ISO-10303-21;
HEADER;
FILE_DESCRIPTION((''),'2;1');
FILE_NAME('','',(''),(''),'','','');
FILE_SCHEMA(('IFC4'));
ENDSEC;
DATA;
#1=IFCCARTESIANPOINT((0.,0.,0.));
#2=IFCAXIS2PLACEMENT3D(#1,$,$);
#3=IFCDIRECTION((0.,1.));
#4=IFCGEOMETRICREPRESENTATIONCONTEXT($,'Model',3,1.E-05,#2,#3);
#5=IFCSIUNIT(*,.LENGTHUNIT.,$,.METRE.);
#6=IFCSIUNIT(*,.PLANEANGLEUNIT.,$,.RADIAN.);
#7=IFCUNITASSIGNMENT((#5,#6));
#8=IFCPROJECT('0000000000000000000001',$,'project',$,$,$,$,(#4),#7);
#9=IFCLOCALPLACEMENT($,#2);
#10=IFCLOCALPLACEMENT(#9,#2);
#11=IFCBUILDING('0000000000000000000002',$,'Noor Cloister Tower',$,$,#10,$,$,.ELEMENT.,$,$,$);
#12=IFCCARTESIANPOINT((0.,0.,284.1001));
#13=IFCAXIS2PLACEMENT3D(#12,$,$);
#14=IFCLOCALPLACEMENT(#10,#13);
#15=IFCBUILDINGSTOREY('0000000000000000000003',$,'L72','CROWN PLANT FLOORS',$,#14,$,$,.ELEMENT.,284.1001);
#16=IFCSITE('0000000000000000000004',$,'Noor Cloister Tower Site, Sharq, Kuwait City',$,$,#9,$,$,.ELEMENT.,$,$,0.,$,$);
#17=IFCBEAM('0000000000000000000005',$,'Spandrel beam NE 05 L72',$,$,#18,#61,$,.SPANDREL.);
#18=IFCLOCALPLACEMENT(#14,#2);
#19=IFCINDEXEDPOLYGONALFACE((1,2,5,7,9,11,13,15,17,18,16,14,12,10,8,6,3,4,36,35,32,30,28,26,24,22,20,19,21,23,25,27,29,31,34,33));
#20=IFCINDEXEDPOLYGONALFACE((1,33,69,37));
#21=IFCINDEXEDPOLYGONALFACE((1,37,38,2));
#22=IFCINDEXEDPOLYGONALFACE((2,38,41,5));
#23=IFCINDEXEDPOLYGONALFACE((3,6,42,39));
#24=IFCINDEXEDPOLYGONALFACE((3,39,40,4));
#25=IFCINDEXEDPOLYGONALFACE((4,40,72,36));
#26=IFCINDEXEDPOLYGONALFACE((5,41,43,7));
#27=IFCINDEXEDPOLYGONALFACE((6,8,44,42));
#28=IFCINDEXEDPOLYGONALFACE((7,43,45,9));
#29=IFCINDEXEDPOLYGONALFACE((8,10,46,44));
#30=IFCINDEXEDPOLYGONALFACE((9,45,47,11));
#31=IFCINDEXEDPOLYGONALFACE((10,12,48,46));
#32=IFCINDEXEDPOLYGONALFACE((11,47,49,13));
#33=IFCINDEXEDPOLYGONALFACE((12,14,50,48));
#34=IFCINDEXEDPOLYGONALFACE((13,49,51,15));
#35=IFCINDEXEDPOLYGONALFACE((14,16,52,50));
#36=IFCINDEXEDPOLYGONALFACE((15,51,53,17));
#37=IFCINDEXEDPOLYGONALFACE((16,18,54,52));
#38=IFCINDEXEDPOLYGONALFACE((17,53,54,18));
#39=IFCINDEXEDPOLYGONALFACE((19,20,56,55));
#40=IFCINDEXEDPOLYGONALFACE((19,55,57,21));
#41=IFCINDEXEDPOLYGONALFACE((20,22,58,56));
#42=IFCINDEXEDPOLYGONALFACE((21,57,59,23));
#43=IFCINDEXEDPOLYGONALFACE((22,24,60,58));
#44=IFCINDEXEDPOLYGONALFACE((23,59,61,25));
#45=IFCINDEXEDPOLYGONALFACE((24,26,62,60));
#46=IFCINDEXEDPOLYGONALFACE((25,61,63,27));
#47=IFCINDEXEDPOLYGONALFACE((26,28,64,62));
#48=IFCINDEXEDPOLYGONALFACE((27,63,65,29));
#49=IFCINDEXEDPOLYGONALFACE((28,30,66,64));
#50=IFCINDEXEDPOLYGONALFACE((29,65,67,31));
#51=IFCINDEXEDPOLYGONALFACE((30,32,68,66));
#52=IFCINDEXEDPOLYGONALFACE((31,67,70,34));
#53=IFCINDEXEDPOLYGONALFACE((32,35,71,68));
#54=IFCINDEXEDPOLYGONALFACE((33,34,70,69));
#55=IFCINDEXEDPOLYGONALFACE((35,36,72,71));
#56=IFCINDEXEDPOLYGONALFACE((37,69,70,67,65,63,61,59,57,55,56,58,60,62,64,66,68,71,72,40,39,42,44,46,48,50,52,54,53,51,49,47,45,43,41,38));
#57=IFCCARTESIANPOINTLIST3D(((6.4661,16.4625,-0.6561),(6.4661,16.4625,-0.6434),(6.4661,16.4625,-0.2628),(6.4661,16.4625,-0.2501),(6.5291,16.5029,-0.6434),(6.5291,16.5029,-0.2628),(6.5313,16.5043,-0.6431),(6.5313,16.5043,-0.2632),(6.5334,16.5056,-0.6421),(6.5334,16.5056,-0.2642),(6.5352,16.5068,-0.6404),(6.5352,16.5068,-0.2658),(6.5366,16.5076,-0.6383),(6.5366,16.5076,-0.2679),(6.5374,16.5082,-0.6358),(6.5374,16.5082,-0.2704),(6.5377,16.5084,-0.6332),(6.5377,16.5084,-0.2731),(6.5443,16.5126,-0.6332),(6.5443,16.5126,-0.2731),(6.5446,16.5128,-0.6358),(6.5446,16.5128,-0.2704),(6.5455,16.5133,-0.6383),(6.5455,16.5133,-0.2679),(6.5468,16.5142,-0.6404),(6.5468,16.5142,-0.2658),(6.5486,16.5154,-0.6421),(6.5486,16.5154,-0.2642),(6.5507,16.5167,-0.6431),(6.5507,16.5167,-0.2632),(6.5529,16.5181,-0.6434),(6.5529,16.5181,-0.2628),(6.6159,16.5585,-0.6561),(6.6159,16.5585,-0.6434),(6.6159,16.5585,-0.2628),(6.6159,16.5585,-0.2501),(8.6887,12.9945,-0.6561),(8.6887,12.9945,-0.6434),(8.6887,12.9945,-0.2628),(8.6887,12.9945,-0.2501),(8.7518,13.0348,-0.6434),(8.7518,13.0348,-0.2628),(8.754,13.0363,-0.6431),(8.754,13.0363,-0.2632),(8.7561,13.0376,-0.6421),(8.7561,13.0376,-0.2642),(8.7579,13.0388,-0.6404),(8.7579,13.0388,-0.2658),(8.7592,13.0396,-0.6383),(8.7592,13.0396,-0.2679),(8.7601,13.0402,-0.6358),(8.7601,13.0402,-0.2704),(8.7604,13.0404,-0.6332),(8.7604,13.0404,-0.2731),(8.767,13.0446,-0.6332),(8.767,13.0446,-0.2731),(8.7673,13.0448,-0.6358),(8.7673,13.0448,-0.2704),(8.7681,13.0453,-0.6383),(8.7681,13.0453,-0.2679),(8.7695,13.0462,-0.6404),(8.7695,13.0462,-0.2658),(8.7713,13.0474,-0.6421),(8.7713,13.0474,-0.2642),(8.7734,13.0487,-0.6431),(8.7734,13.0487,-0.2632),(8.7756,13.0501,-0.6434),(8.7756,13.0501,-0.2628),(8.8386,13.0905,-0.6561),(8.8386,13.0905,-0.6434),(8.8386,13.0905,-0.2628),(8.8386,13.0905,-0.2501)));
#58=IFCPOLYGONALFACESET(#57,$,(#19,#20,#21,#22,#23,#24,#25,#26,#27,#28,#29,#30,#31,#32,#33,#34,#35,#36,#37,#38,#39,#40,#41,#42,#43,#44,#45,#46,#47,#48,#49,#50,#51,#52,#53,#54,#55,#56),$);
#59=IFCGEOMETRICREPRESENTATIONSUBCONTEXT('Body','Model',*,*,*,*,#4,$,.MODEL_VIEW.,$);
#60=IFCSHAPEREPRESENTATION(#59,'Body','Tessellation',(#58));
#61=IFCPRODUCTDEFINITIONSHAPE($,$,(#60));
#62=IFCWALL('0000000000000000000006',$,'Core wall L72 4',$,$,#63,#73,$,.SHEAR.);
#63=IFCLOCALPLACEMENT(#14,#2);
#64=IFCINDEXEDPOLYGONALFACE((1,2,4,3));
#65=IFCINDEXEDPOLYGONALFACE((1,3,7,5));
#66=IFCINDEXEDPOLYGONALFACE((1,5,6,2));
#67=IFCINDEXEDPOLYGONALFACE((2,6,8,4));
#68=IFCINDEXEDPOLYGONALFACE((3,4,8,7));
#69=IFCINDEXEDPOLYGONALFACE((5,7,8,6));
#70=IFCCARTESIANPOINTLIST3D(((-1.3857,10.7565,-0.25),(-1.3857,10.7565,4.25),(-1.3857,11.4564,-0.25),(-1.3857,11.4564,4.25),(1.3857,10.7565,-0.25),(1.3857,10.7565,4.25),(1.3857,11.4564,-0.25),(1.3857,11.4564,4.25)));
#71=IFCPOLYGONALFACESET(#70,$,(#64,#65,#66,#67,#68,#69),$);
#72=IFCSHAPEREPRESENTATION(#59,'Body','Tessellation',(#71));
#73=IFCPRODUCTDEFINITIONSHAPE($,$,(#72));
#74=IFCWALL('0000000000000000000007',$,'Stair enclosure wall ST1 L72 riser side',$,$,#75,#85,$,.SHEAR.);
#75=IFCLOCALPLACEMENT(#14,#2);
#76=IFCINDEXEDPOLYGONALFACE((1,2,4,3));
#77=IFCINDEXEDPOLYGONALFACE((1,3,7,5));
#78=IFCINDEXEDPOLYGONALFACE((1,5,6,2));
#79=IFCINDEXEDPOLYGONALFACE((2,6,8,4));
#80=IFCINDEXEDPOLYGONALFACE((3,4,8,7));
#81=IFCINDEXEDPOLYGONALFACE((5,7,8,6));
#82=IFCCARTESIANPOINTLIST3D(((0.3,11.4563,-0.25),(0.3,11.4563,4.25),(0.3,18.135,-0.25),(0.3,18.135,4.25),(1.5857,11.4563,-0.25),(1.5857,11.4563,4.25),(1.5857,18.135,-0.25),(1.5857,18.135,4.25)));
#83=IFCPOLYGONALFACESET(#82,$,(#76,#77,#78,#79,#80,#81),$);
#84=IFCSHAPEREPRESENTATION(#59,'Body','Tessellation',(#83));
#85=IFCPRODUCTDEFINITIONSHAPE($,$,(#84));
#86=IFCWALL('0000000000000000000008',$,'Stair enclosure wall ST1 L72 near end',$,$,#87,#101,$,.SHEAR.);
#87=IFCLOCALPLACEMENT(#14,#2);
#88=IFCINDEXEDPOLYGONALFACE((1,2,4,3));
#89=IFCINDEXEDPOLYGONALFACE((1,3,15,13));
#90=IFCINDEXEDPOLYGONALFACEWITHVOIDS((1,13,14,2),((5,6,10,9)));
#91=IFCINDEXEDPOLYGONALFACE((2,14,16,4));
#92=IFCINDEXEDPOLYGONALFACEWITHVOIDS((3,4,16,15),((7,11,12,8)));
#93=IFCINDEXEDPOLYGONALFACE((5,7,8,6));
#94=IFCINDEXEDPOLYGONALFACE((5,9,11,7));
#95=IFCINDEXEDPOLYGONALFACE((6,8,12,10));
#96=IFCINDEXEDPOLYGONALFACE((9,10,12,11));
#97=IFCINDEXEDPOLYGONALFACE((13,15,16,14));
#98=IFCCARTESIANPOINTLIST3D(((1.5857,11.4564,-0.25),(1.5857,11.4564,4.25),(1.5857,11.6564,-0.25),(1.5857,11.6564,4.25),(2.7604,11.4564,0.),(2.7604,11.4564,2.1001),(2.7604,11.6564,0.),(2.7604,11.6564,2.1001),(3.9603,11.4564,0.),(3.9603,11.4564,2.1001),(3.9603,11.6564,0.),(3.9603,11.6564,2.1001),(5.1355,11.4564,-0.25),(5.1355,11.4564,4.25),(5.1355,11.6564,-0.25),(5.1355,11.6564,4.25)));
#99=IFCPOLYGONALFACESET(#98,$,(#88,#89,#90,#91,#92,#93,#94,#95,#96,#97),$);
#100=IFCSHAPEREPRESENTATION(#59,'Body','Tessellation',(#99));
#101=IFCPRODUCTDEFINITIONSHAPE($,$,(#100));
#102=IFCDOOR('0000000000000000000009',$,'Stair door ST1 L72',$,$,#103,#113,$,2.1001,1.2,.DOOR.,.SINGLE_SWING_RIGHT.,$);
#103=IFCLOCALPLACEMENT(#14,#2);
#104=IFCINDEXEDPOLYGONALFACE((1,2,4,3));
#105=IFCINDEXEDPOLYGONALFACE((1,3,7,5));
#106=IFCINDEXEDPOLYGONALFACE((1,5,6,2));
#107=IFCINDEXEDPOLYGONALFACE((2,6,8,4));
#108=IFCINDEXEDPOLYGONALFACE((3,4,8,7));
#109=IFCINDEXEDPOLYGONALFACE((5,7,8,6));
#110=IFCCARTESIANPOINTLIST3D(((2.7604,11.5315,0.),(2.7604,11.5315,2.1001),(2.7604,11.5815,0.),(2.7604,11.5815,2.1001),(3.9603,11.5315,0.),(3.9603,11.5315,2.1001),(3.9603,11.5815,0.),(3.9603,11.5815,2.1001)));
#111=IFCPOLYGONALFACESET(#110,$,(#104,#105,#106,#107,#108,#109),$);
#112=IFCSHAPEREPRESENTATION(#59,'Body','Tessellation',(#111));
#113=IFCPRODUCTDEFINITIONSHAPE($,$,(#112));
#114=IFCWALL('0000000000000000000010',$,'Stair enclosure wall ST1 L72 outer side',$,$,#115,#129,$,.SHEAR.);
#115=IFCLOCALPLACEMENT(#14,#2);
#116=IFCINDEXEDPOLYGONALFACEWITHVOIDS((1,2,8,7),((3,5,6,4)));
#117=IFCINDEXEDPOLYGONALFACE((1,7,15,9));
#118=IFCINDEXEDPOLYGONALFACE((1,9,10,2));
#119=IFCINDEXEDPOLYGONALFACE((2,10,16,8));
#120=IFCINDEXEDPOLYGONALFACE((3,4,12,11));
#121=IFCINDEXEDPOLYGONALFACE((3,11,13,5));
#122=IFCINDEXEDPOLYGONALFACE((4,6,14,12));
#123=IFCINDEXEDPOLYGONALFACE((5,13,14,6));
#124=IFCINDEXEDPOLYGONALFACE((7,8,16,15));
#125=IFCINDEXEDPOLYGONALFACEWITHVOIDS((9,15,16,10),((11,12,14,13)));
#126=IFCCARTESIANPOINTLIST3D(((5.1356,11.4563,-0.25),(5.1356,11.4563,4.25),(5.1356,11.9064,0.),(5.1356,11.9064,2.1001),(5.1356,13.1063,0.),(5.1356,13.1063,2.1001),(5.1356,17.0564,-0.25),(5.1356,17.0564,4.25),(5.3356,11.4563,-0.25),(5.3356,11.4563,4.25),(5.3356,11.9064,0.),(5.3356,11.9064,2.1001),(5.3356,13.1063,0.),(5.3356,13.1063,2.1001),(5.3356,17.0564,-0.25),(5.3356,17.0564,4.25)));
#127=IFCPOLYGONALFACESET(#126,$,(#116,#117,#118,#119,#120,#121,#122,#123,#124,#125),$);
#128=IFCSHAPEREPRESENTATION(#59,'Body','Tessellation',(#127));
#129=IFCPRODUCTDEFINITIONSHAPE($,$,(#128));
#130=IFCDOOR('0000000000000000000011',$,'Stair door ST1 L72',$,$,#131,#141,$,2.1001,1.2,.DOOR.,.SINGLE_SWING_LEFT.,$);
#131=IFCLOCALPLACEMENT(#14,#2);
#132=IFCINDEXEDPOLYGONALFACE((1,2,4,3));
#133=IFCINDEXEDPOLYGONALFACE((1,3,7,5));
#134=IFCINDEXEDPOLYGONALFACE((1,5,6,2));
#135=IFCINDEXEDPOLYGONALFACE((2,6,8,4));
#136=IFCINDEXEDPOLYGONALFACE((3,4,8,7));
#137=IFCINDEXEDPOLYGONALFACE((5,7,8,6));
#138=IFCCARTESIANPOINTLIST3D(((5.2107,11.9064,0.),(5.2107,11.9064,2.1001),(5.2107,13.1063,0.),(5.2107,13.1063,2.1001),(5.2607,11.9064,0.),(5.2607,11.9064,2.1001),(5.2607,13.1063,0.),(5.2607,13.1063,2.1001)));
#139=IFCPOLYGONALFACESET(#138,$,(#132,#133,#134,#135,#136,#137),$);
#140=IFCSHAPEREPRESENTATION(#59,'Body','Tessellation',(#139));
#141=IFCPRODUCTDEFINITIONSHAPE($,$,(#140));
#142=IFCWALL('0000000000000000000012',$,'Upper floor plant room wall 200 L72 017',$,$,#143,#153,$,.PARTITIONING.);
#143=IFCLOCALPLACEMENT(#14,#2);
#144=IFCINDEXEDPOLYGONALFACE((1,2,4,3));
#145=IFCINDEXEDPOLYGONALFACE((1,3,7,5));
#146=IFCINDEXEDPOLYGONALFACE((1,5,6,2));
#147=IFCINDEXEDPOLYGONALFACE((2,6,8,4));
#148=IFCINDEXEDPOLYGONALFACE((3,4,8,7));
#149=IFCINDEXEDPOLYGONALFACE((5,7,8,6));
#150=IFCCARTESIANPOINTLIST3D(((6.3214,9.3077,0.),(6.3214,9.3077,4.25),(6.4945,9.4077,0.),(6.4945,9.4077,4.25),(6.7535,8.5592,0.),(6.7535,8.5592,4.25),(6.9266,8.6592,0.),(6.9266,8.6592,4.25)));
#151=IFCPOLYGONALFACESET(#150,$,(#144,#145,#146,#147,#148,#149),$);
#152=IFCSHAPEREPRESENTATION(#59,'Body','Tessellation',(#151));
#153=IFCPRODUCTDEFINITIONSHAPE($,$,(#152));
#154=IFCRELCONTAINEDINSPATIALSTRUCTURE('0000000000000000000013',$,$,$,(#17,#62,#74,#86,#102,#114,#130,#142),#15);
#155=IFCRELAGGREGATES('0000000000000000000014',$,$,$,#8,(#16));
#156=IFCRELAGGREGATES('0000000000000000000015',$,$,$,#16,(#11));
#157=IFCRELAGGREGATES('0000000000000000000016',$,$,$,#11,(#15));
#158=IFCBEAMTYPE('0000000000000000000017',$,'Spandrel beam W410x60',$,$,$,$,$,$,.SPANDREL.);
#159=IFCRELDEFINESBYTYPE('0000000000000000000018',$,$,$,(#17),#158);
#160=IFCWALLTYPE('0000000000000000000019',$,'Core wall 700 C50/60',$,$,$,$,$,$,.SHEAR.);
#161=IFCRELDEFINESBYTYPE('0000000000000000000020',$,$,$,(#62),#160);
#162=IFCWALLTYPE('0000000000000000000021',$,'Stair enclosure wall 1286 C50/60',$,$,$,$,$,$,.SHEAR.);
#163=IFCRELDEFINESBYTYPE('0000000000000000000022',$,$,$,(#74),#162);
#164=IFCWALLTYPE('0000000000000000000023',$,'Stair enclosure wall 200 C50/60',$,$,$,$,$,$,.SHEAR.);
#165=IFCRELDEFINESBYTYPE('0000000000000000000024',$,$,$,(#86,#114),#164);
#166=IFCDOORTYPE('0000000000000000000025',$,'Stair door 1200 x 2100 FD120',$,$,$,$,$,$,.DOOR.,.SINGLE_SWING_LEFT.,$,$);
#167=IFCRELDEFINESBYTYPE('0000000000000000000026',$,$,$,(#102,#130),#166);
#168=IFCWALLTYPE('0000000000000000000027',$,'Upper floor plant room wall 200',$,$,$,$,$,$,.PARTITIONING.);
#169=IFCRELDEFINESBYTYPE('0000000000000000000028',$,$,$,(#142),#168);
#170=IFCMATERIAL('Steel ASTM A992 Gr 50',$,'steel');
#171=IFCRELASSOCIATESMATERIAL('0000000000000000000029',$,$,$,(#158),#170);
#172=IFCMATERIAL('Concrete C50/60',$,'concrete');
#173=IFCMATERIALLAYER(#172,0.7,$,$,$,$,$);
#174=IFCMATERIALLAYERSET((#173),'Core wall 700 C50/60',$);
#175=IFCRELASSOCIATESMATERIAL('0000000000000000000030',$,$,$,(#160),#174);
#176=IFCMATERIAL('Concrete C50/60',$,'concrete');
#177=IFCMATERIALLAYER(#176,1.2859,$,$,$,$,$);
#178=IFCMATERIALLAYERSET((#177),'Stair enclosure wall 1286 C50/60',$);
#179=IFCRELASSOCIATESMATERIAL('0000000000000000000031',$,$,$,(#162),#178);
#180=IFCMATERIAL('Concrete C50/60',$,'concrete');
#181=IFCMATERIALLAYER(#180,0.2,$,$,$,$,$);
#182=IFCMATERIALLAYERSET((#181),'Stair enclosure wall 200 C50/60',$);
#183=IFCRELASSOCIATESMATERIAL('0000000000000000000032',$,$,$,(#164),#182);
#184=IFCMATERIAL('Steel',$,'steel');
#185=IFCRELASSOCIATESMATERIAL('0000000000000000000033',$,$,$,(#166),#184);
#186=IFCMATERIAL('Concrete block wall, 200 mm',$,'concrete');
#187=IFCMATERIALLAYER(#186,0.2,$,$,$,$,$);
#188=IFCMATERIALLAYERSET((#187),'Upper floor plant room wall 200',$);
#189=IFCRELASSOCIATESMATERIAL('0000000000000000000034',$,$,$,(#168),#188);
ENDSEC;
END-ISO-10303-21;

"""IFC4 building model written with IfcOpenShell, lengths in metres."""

from ifc_helpers import new_model, si_unit, direction, frame, frame_2d, origin, origin_2d, place, context, subcontext, project, spatial, rectangle, i_section, extrude, material, layer, layer_set, material_profile, profile_set, type_object, element, fill, save


model = new_model("IFC4")

# Units and contexts
model_context = context("Model", 3, precision=1e-05, world=origin(), true_north=direction((0.0, 1.0)))
body_context = subcontext(model_context, "Body", "Model", "MODEL_VIEW")
ifc_project = project(units=[si_unit("LENGTHUNIT", "METRE"), si_unit("PLANEANGLEUNIT", "RADIAN")], contexts=[model_context])

# Site, building, storey
site_placement = place(None, origin())
site = spatial("IfcSite", under=ifc_project, at=site_placement, Name="Noor Cloister Tower Site, Sharq, Kuwait City", CompositionType="ELEMENT", RefElevation=0.0)
building_placement = place(site_placement, origin())
building = spatial("IfcBuilding", under=site, at=building_placement, Name="Noor Cloister Tower", CompositionType="ELEMENT")
storey_placement = place(building_placement, frame((0.0, 0.0, 284.1001)))
storey = spatial("IfcBuildingStorey", under=building, at=storey_placement, Name="L72", Description="CROWN PLANT FLOORS", CompositionType="ELEMENT", Elevation=284.1001)

# Beam
ifc_material_1 = material(Name="Steel ASTM A992 Gr 50", Category="steel")
ifc_material_profile_1 = material_profile(ifc_material_1, i_section(OverallWidth=0.178, OverallDepth=0.406, WebThickness=0.0078, FlangeThickness=0.0127, FilletRadius=0.0103, at=origin_2d()), Name="W410x60")
ifc_profile_set_1 = profile_set([ifc_material_profile_1], Name="Steel ASTM A992 Gr 50")
beam_type_1 = type_object("IfcBeamType", Name="Spandrel beam W410x60", PredefinedType="SPANDREL", material=ifc_profile_set_1)
beam_1_placement = place(storey_placement, frame((8.7637, 13.0425, -0.4531), z_axis=(-0.539592, 0.841927, 0.0), x_axis=(-0.841927, -0.539592, 0.0)))
element("IfcBeam", 1, at=beam_1_placement, inside=storey, type_object=beam_type_1, Name="Spandrel beam NE 05 L72", PredefinedType="SPANDREL", context=body_context, shape_type="SweptSolid", body=[
    extrude(i_section(OverallWidth=0.178, OverallDepth=0.406, WebThickness=0.0078, FlangeThickness=0.0127, FilletRadius=0.0103, at=origin_2d()), origin(), (0.0, 0.0, 1.0), 4.1191),
])

# Walls
ifc_material_2 = material(Name="Concrete C50/60", Category="concrete")
ifc_layer_1 = layer(ifc_material_2, 0.7)
ifc_layer_set_1 = layer_set([ifc_layer_1], Name="Core wall 700 C50/60")
wall_type_1 = type_object("IfcWallType", Name="Core wall 700 C50/60", PredefinedType="SHEAR", material=ifc_layer_set_1)
wall_1_placement = place(storey_placement, frame((1.3857, 11.1064, -0.25), z_axis=(0.0, 0.0, 1.0), x_axis=(-1.0, 0.0, 0.0)))
element("IfcWall", 2, at=wall_1_placement, inside=storey, type_object=wall_type_1, Name="Core wall L72 4", PredefinedType="SHEAR", context=body_context, shape_type="SweptSolid", body=[
    extrude(rectangle(XDim=2.7715, YDim=0.7, at=frame_2d((1.3857, 0.0))), origin(), (0.0, 0.0, 1.0), 4.5),
])
ifc_material_3 = material(Name="Concrete C50/60", Category="concrete")
ifc_layer_2 = layer(ifc_material_3, 1.2859)
ifc_layer_set_2 = layer_set([ifc_layer_2], Name="Stair enclosure wall 1286 C50/60")
wall_type_2 = type_object("IfcWallType", Name="Stair enclosure wall 1286 C50/60", PredefinedType="SHEAR", material=ifc_layer_set_2)
wall_2_placement = place(storey_placement, frame((0.9429, 11.4563, -0.25), z_axis=(0.0, 0.0, 1.0), x_axis=(0.0, 1.0, 0.0)))
element("IfcWall", 3, at=wall_2_placement, inside=storey, type_object=wall_type_2, Name="Stair enclosure wall ST1 L72 riser side", PredefinedType="SHEAR", context=body_context, shape_type="SweptSolid", body=[
    extrude(rectangle(XDim=6.6787, YDim=1.2856, at=frame_2d((3.3394, 0.0))), origin(), (0.0, 0.0, 1.0), 4.5),
])

# Walls, openings, doors
ifc_material_4 = material(Name="Concrete C50/60", Category="concrete")
ifc_layer_3 = layer(ifc_material_4, 0.2)
ifc_layer_set_3 = layer_set([ifc_layer_3], Name="Stair enclosure wall 200 C50/60")
wall_type_3 = type_object("IfcWallType", Name="Stair enclosure wall 200 C50/60", PredefinedType="SHEAR", material=ifc_layer_set_3)
wall_3_placement = place(storey_placement, frame((5.1355, 11.5564, -0.25), z_axis=(0.0, 0.0, 1.0), x_axis=(-1.0, 0.0, 0.0)))
wall_3 = element("IfcWall", 4, at=wall_3_placement, inside=storey, type_object=wall_type_3, Name="Stair enclosure wall ST1 L72 near end", PredefinedType="SHEAR", context=body_context, shape_type="SweptSolid", body=[
    extrude(rectangle(XDim=3.5498, YDim=0.2, at=frame_2d((1.7749, 0.0))), origin(), (0.0, 0.0, 1.0), 4.5),
])
opening_1_placement = place(wall_3_placement, frame((1.175, 0.0, 0.25)))
opening_1 = element("IfcOpeningElement", 5, at=opening_1_placement, cuts=wall_3, PredefinedType="OPENING", context=body_context, shape_type="SweptSolid", body=[
    extrude(rectangle(XDim=1.2, YDim=2.1001, at=frame_2d((0.6001, 1.05))), frame((0.0, 0.1099, 0.0), z_axis=(0.0, -1.0, 0.0), x_axis=(1.0, 0.0, 0.0)), (0.0, 0.0, 1.0), 0.22),
])
ifc_material_5 = material(Name="Steel", Category="steel")
door_type_1 = type_object("IfcDoorType", Name="Stair door 1200 x 2100 FD120", OperationType="SINGLE_SWING_LEFT", PredefinedType="DOOR", material=ifc_material_5)
door_1_placement = place(opening_1_placement, origin())
door_1 = element("IfcDoor", 6, at=door_1_placement, inside=storey, type_object=door_type_1, Name="Stair door ST1 L72", OperationType="SINGLE_SWING_RIGHT", OverallHeight=2.1001, OverallWidth=1.2, PredefinedType="DOOR", context=body_context, shape_type="SweptSolid", body=[
    extrude(rectangle(XDim=1.2, YDim=2.1001, at=frame_2d((0.6001, 1.05))), frame((0.0, 0.0249, 0.0), z_axis=(0.0, -1.0, 0.0), x_axis=(1.0, 0.0, 0.0)), (0.0, 0.0, 1.0), 0.05),
])
fill(opening_1, door_1)
wall_4_placement = place(storey_placement, frame((5.2356, 11.4563, -0.25), z_axis=(0.0, 0.0, 1.0), x_axis=(0.0, 1.0, 0.0)))
wall_4 = element("IfcWall", 7, at=wall_4_placement, inside=storey, type_object=wall_type_3, Name="Stair enclosure wall ST1 L72 outer side", PredefinedType="SHEAR", context=body_context, shape_type="SweptSolid", body=[
    extrude(rectangle(XDim=5.6001, YDim=0.2, at=frame_2d((2.8, 0.0))), origin(), (0.0, 0.0, 1.0), 4.5),
])
opening_2_placement = place(wall_4_placement, frame((0.45, 0.0, 0.25)))
opening_2 = element("IfcOpeningElement", 8, at=opening_2_placement, cuts=wall_4, PredefinedType="OPENING", context=body_context, shape_type="SweptSolid", body=[
    extrude(rectangle(XDim=1.2, YDim=2.1001, at=frame_2d((0.6001, 1.05))), frame((0.0, 0.1099, 0.0), z_axis=(0.0, -1.0, 0.0), x_axis=(1.0, 0.0, 0.0)), (0.0, 0.0, 1.0), 0.22),
])
door_2_placement = place(opening_2_placement, origin())
door_2 = element("IfcDoor", 9, at=door_2_placement, inside=storey, type_object=door_type_1, Name="Stair door ST1 L72", OperationType="SINGLE_SWING_LEFT", OverallHeight=2.1001, OverallWidth=1.2, PredefinedType="DOOR", context=body_context, shape_type="SweptSolid", body=[
    extrude(rectangle(XDim=1.2, YDim=2.1001, at=frame_2d((0.6001, 1.05))), frame((0.0, 0.0249, 0.0), z_axis=(0.0, -1.0, 0.0), x_axis=(1.0, 0.0, 0.0)), (0.0, 0.0, 1.0), 0.05),
])
fill(opening_2, door_2)

# Wall
ifc_material_6 = material(Name="Concrete block wall, 200 mm", Category="concrete")
ifc_layer_4 = layer(ifc_material_6, 0.2)
ifc_layer_set_4 = layer_set([ifc_layer_4], Name="Upper floor plant room wall 200")
wall_type_4 = type_object("IfcWallType", Name="Upper floor plant room wall 200", PredefinedType="PARTITIONING", material=ifc_layer_set_4)
wall_5_placement = place(storey_placement, frame((6.408, 9.3577, 0.0), z_axis=(0.0, 0.0, 1.0), x_axis=(0.499967, -0.866044, 0.0)))
element("IfcWall", 10, at=wall_5_placement, inside=storey, type_object=wall_type_4, Name="Upper floor plant room wall 200 L72 017", PredefinedType="PARTITIONING", context=body_context, shape_type="SweptSolid", body=[
    extrude(rectangle(XDim=0.8643, YDim=0.2, at=frame_2d((0.4321, 0.0))), origin(), (0.0, 0.0, 1.0), 4.25),
])

save(model, "model.ifc")
